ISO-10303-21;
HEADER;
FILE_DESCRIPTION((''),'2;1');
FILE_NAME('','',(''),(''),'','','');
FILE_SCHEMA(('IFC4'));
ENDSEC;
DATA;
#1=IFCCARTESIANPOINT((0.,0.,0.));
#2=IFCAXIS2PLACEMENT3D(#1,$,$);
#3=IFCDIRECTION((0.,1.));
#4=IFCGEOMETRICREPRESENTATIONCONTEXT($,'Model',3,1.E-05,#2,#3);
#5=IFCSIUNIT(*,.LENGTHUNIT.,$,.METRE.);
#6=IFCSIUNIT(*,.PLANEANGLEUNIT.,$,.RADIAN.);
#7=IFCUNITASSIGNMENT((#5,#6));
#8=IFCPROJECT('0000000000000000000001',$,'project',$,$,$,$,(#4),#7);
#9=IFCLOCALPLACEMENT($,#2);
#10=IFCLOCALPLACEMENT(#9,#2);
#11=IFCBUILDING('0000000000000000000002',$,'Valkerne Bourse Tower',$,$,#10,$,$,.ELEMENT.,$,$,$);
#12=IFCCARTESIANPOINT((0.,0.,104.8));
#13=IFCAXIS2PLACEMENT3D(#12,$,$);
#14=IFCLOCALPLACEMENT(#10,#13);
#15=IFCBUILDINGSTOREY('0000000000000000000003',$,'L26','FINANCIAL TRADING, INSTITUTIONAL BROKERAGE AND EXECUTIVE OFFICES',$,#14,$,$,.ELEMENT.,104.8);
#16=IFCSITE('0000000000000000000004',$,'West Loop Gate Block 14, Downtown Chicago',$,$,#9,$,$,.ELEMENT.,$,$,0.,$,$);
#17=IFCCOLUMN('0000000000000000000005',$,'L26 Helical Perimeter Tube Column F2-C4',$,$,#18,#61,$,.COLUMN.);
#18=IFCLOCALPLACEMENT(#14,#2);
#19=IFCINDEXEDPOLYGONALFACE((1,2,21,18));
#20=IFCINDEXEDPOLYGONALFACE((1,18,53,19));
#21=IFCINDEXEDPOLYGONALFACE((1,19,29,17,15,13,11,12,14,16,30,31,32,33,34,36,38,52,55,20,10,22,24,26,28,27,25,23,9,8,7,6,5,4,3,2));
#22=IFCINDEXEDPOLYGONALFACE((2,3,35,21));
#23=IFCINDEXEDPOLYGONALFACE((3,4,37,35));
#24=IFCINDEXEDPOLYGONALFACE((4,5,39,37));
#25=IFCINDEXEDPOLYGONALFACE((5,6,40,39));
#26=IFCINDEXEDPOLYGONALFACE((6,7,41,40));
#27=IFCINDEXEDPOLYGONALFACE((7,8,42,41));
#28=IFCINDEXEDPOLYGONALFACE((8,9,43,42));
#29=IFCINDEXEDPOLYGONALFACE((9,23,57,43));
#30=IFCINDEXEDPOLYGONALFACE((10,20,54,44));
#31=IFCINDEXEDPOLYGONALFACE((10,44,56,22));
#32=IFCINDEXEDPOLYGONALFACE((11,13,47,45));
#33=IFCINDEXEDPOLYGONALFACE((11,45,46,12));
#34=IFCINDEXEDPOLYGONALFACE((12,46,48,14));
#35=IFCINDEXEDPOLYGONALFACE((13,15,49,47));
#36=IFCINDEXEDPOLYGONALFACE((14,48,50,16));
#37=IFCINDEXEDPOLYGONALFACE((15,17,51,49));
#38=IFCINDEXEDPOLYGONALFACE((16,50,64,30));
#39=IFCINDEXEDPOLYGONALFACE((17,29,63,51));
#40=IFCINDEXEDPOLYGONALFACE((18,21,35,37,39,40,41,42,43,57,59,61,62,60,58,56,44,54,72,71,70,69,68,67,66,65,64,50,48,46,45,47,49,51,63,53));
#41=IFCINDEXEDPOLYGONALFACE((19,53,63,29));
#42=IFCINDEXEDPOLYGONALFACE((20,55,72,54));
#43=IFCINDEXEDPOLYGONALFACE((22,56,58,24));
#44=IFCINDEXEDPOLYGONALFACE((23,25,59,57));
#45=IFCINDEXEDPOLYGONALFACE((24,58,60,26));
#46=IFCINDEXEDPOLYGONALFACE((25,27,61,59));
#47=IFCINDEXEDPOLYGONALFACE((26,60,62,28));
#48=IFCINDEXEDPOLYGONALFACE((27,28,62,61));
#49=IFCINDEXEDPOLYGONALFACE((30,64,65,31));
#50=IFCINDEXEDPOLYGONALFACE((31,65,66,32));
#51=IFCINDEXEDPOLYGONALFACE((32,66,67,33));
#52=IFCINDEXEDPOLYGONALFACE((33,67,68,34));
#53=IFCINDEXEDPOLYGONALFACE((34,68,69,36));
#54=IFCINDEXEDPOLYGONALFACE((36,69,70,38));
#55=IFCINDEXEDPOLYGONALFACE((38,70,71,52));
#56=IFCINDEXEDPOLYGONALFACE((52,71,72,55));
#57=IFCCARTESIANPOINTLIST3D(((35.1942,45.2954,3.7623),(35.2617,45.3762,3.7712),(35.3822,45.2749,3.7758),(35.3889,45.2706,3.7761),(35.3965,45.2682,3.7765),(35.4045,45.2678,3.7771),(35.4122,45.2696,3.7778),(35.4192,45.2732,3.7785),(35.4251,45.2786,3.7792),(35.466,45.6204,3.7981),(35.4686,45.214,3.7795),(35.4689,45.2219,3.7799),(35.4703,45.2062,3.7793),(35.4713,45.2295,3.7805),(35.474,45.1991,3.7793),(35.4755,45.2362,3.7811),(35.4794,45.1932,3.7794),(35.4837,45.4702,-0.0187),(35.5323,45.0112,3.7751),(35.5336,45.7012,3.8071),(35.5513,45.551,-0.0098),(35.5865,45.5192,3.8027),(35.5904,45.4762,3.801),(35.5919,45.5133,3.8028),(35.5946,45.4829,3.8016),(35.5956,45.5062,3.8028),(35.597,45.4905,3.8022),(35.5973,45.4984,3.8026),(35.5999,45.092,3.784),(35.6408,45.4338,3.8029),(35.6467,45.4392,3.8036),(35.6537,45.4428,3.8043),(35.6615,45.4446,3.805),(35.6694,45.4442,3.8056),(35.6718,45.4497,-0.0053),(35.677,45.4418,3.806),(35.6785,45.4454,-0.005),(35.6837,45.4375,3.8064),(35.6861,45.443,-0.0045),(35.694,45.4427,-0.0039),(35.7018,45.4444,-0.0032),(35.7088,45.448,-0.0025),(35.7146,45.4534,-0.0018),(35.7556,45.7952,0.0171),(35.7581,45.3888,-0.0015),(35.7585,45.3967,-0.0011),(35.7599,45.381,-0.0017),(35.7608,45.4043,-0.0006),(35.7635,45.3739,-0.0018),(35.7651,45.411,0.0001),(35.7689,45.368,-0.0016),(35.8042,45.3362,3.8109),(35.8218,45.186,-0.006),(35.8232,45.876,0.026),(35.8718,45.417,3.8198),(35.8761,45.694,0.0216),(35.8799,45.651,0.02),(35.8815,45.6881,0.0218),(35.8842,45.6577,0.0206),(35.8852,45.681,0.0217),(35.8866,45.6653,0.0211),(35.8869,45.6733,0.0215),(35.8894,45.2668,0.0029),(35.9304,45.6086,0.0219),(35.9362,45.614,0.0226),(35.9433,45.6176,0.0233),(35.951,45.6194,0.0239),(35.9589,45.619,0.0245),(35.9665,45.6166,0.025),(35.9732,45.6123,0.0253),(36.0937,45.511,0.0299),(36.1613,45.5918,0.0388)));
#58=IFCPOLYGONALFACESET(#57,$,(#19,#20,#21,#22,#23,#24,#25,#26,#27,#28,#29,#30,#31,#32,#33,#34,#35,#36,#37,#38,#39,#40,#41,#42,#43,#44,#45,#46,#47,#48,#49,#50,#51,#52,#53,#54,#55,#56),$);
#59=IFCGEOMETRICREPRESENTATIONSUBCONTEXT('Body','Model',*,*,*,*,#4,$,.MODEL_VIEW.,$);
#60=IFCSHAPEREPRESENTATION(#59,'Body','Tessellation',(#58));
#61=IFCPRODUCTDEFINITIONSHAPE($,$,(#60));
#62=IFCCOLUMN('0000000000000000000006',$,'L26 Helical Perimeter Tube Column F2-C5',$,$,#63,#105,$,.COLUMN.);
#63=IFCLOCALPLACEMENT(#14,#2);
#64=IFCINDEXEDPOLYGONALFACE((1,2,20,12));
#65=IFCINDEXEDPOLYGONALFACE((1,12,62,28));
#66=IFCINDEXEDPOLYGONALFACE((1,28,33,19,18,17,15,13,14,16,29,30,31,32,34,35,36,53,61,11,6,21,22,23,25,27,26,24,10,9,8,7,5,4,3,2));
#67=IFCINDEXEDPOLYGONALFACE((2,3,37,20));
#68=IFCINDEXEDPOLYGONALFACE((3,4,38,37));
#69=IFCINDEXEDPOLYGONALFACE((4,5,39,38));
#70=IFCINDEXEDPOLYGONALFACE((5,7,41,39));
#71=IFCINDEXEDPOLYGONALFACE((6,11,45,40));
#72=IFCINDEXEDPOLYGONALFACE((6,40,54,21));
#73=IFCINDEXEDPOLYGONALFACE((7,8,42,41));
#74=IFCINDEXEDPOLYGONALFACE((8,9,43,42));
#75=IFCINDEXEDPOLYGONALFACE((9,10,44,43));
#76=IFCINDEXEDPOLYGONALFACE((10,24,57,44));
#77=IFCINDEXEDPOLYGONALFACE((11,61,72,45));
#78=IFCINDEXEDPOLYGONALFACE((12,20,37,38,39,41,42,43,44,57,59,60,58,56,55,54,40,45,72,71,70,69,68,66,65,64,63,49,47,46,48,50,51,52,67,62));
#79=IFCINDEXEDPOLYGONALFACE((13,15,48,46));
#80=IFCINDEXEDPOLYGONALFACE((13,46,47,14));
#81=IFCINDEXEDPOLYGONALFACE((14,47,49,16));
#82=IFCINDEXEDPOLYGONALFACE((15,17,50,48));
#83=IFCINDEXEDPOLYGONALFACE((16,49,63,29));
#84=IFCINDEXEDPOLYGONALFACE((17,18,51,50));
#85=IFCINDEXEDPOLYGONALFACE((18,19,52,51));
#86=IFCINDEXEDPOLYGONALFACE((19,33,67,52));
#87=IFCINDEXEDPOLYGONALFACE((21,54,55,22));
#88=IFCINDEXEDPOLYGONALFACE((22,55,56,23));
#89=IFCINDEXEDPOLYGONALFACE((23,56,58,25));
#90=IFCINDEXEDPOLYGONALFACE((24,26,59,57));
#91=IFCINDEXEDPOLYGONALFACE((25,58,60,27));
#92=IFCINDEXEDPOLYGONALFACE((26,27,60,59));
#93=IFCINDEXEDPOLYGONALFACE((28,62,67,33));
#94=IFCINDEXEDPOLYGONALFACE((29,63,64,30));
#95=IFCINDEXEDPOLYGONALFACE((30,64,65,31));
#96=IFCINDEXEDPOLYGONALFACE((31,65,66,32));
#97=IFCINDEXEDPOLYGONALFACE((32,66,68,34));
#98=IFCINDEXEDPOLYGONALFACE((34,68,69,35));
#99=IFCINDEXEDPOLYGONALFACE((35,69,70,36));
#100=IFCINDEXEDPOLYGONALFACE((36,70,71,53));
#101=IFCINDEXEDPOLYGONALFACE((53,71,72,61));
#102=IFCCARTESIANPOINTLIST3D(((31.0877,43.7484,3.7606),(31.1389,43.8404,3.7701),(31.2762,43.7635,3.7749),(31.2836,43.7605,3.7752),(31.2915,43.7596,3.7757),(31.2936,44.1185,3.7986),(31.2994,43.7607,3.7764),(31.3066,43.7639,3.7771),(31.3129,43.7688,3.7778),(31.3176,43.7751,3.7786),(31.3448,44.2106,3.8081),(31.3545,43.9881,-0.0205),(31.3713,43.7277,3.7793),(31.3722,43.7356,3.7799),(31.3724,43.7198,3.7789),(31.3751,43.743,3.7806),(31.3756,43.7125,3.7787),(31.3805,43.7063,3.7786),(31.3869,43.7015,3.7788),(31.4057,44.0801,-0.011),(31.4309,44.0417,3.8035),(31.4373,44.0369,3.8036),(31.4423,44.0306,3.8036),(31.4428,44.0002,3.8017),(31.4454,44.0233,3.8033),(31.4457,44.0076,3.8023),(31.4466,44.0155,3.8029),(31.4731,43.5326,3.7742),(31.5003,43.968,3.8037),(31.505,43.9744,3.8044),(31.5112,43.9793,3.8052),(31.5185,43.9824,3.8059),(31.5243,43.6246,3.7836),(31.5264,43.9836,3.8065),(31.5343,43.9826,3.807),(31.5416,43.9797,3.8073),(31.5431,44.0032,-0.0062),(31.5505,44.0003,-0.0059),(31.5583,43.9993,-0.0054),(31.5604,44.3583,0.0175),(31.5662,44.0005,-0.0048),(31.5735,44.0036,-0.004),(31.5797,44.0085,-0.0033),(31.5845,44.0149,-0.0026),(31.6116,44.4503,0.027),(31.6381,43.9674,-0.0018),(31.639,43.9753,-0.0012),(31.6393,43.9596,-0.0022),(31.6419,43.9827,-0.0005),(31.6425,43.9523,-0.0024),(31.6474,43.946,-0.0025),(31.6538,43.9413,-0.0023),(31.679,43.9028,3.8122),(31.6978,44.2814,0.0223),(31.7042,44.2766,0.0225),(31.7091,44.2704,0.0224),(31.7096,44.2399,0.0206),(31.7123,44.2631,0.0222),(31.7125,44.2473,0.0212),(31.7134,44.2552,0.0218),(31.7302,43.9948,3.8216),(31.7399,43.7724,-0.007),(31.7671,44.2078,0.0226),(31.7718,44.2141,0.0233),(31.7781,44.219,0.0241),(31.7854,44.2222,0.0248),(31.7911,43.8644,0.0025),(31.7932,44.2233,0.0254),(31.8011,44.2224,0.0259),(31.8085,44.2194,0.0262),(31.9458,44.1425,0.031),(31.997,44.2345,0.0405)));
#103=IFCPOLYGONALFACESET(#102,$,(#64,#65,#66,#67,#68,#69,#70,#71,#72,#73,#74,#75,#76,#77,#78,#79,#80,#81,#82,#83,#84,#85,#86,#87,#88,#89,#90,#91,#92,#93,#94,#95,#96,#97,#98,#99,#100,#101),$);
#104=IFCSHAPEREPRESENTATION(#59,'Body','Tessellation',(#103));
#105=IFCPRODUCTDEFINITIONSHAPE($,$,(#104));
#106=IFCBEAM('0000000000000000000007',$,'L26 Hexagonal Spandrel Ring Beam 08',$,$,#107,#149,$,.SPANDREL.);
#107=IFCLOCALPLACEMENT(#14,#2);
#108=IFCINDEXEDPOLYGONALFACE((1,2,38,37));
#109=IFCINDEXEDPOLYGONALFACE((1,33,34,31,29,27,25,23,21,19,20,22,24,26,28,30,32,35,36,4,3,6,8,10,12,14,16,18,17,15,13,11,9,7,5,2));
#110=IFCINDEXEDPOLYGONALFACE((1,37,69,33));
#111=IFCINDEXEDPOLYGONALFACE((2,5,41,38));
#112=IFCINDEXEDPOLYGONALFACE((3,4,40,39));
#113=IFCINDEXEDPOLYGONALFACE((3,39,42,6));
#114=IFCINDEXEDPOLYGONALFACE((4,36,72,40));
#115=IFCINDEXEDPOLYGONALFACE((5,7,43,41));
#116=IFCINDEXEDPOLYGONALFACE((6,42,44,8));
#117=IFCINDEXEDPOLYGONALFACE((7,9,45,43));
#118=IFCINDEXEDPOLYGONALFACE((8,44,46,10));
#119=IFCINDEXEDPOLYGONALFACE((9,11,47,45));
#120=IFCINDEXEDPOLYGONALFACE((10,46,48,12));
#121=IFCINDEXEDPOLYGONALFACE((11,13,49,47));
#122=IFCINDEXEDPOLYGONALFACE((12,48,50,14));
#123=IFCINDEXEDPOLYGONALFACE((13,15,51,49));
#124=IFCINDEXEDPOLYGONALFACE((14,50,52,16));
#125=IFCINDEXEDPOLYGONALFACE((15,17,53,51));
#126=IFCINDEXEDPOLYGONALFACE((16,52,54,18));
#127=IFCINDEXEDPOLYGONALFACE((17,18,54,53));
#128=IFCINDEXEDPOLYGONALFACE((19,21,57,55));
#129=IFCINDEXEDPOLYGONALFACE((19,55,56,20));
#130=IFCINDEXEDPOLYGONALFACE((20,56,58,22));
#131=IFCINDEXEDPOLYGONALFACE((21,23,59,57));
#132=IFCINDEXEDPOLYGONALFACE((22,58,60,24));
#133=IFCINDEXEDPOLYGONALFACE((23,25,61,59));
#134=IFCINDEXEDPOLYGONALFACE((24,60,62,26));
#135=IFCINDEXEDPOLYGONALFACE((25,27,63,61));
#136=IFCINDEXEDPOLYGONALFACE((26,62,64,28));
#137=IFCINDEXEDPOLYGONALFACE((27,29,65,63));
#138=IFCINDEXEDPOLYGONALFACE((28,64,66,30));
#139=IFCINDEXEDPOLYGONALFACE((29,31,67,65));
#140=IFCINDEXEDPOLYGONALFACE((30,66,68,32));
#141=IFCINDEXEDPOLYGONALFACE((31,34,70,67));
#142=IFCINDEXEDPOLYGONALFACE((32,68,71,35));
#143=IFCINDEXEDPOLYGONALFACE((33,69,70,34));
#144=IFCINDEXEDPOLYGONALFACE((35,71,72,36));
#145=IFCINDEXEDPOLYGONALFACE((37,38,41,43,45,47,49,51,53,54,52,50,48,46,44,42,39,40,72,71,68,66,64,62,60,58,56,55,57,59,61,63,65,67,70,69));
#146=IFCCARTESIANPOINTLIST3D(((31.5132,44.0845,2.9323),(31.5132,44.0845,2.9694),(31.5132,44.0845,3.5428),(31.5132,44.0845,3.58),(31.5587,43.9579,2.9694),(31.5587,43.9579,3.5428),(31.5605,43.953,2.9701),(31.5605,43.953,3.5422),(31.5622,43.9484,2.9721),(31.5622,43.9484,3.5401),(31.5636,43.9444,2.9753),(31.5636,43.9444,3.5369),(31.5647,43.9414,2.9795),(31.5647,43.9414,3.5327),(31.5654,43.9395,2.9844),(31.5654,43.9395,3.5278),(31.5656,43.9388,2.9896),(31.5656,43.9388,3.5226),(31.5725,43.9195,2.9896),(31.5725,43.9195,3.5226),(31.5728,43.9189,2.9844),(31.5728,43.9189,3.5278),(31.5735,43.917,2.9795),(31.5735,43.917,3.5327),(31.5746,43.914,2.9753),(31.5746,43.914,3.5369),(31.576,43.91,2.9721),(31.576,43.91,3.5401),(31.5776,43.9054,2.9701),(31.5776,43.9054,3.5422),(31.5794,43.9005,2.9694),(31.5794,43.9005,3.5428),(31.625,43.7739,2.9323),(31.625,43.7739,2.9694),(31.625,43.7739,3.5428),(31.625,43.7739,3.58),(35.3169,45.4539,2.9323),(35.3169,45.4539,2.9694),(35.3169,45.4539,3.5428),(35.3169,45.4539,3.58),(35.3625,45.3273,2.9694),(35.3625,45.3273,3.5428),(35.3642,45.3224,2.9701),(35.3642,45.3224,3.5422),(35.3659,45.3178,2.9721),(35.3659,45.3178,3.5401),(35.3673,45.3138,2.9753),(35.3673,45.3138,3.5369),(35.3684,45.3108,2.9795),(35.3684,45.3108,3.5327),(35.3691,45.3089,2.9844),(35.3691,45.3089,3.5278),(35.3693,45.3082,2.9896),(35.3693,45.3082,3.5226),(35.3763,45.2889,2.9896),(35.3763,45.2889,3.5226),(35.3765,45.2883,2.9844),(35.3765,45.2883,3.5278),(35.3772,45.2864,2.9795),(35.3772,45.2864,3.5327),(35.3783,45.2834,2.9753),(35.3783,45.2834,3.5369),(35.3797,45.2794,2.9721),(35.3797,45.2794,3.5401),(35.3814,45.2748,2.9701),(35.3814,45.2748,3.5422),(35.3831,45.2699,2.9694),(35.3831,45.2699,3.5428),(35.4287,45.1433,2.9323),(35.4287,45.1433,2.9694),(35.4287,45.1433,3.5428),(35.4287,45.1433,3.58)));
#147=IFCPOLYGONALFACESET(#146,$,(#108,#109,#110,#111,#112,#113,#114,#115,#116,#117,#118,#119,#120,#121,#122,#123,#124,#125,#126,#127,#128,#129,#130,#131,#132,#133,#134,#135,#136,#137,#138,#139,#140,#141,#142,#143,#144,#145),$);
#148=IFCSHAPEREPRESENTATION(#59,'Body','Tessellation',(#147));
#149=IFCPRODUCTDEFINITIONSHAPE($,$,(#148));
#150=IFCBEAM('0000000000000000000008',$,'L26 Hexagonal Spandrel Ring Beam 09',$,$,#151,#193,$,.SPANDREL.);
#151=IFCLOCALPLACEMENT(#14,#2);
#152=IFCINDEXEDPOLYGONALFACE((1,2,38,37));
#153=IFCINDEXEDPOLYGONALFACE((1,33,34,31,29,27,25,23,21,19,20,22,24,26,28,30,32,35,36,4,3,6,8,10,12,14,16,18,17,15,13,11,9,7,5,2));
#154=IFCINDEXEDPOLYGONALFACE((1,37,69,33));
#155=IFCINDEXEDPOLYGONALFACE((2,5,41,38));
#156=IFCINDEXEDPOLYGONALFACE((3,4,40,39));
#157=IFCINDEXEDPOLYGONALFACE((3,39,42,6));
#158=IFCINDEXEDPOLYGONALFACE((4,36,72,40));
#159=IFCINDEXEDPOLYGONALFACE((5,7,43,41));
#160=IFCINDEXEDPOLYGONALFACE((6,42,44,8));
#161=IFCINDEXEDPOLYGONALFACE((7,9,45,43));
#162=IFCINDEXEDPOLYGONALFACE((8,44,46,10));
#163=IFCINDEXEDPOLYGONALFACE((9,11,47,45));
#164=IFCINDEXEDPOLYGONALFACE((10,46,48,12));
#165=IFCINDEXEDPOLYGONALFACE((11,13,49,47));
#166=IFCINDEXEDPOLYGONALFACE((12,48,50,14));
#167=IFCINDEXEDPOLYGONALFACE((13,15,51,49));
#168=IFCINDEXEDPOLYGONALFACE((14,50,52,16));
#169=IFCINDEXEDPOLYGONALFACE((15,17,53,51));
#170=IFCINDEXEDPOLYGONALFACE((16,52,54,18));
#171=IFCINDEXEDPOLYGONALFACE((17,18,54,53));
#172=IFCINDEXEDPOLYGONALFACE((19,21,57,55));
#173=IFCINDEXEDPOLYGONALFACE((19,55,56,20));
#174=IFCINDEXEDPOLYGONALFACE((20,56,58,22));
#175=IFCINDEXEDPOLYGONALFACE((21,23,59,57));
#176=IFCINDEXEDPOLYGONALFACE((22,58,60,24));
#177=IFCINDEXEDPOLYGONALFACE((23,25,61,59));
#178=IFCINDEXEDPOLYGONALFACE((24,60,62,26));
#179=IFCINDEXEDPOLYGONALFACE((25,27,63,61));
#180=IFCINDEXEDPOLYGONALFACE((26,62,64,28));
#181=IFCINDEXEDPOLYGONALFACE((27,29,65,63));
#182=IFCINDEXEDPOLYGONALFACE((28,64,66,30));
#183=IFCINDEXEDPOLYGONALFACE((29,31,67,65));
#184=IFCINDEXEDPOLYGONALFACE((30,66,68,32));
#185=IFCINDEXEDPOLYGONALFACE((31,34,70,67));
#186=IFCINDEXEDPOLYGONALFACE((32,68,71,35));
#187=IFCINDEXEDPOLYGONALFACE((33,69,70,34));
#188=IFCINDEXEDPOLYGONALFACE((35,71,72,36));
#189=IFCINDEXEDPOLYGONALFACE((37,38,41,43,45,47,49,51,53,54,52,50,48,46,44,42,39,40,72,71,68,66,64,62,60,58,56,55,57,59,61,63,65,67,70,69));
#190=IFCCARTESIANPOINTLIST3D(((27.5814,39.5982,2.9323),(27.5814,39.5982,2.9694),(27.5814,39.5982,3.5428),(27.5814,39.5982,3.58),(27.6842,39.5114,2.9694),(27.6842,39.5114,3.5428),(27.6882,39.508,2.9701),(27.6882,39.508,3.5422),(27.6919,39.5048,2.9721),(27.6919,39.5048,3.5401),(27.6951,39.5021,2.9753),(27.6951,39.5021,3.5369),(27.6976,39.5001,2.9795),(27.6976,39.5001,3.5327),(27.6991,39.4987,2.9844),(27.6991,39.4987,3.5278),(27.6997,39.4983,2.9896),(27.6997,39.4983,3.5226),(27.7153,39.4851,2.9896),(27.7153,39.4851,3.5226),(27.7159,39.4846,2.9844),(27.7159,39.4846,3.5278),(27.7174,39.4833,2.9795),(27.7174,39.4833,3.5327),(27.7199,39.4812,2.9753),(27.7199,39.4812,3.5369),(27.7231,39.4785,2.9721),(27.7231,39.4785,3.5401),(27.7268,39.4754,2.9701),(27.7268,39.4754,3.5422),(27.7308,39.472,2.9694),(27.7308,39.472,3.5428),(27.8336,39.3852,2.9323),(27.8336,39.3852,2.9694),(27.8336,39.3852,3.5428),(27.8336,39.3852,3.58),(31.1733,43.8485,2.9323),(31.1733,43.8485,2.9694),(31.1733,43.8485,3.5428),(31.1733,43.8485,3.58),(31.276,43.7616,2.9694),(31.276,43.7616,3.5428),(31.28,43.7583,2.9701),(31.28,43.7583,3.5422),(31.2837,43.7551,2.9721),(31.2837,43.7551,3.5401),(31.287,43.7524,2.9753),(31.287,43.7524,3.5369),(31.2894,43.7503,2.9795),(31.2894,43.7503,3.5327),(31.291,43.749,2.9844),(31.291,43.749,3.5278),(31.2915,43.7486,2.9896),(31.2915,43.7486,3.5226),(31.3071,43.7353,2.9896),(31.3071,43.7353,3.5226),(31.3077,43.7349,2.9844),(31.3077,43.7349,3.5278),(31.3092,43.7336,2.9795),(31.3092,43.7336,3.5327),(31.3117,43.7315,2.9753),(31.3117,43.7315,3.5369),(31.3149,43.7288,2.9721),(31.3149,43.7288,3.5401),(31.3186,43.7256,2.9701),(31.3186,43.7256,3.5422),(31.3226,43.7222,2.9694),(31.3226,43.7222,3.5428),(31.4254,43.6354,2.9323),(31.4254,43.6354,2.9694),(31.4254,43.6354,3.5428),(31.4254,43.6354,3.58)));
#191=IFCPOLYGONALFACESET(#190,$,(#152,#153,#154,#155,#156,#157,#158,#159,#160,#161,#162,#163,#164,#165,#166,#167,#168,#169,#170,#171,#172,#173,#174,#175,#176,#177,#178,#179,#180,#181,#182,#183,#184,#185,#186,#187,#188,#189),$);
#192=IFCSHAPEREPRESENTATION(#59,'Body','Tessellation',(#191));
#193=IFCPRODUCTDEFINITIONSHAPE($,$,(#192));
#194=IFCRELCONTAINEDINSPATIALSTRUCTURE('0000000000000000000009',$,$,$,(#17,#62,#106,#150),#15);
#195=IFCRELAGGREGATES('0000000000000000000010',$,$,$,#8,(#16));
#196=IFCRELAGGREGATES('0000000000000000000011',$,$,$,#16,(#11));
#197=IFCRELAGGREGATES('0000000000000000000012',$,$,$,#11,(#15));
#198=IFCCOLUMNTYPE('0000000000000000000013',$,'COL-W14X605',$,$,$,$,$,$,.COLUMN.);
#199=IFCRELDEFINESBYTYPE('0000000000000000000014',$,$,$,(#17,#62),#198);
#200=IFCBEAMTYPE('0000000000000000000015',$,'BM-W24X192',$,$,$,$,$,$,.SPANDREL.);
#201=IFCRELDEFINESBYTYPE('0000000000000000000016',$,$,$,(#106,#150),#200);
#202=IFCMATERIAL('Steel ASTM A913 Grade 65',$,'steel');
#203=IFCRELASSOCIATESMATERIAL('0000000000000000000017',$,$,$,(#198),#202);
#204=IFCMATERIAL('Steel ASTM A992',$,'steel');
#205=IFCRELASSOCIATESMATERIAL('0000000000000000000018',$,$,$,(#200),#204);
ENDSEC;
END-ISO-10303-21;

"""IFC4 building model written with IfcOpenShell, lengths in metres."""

from ifc_helpers import new_model, si_unit, direction, frame, origin, origin_2d, place, context, subcontext, project, spatial, i_section, extrude, material, material_profile, profile_set, type_object, element, save


model = new_model("IFC4")

# Units and contexts
model_context = context("Model", 3, precision=1e-05, world=origin(), true_north=direction((0.0, 1.0)))
body_context = subcontext(model_context, "Body", "Model", "MODEL_VIEW")
ifc_project = project(units=[si_unit("LENGTHUNIT", "METRE"), si_unit("PLANEANGLEUNIT", "RADIAN")], contexts=[model_context])

# Site, building, storey
site_placement = place(None, origin())
site = spatial("IfcSite", under=ifc_project, at=site_placement, Name="West Loop Gate Block 14, Downtown Chicago", CompositionType="ELEMENT", RefElevation=0.0)
building_placement = place(site_placement, origin())
building = spatial("IfcBuilding", under=site, at=building_placement, Name="Valkerne Bourse Tower", CompositionType="ELEMENT")
storey_placement = place(building_placement, frame((0.0, 0.0, 104.8)))
storey = spatial("IfcBuildingStorey", under=building, at=storey_placement, Name="L26", Description="FINANCIAL TRADING, INSTITUTIONAL BROKERAGE AND EXECUTIVE OFFICES", CompositionType="ELEMENT", Elevation=104.8)

# Columns
ifc_material_1 = material(Name="Steel ASTM A913 Grade 65", Category="steel")
ifc_material_profile_1 = material_profile(ifc_material_1, i_section(OverallWidth=0.4419, OverallDepth=0.531, WebThickness=0.0659, FlangeThickness=0.1057, FilletRadius=0.0305, at=origin_2d()), Name="W14X605")
ifc_profile_set_1 = profile_set([ifc_material_profile_1], Name="Steel ASTM A913 Grade 65")
column_type = type_object("IfcColumnType", Name="COL-W14X605", PredefinedType="COLUMN", material=ifc_profile_set_1)
column_1_placement = place(storey_placement, frame((35.8225, 45.531, 0.01), z_axis=(-0.076276, -0.046048, 0.996023), x_axis=(-0.765164, 0.643189, -0.02886)))
element("IfcColumn", 1, at=column_1_placement, inside=storey, type_object=column_type, Name="L26 Helical Perimeter Tube Column F2-C4", PredefinedType="COLUMN", context=body_context, shape_type="SweptSolid", body=[
    extrude(i_section(OverallWidth=0.4419, OverallDepth=0.531, WebThickness=0.0659, FlangeThickness=0.1057, FilletRadius=0.0305, at=origin_2d()), origin(), (0.0, 0.0, 1.0), 3.7961),
])
column_2_placement = place(storey_placement, frame((31.6758, 44.1113, 0.01), z_axis=(-0.07026, -0.063125, 0.995529), x_axis=(-0.872168, 0.488249, -0.030595)))
element("IfcColumn", 2, at=column_2_placement, inside=storey, type_object=column_type, Name="L26 Helical Perimeter Tube Column F2-C5", PredefinedType="COLUMN", context=body_context, shape_type="SweptSolid", body=[
    extrude(i_section(OverallWidth=0.4419, OverallDepth=0.531, WebThickness=0.0659, FlangeThickness=0.1057, FilletRadius=0.0305, at=origin_2d()), origin(), (0.0, 0.0, 1.0), 3.7981),
])

# Beams
ifc_material_2 = material(Name="Steel ASTM A992", Category="steel")
ifc_material_profile_2 = material_profile(ifc_material_2, i_section(OverallWidth=0.3301, OverallDepth=0.6477, WebThickness=0.0205, FlangeThickness=0.0371, FilletRadius=0.0203, at=origin_2d()), Name="W24X192")
ifc_profile_set_2 = profile_set([ifc_material_profile_2], Name="Steel ASTM A992")
beam_type_1 = type_object("IfcBeamType", Name="BM-W24X192", PredefinedType="SPANDREL", material=ifc_profile_set_2)
beam_1_placement = place(storey_placement, frame((35.3728, 45.2986, 3.2561), z_axis=(-0.940884, -0.33873, 0.0), x_axis=(0.33873, -0.940884, 0.0)))
element("IfcBeam", 3, at=beam_1_placement, inside=storey, type_object=beam_type_1, Name="L26 Hexagonal Spandrel Ring Beam 08", PredefinedType="SPANDREL", context=body_context, shape_type="SweptSolid", body=[
    extrude(i_section(OverallWidth=0.3301, OverallDepth=0.6477, WebThickness=0.0205, FlangeThickness=0.0371, FilletRadius=0.0203, at=origin_2d()), origin(), (0.0, 0.0, 1.0), 4.0427),
])
beam_2_placement = place(storey_placement, frame((31.2993, 43.7419, 3.2561), z_axis=(-0.645464, -0.763791, 0.0), x_axis=(0.763791, -0.645464, 0.0)))
element("IfcBeam", 4, at=beam_2_placement, inside=storey, type_object=beam_type_1, Name="L26 Hexagonal Spandrel Ring Beam 09", PredefinedType="SPANDREL", context=body_context, shape_type="SweptSolid", body=[
    extrude(i_section(OverallWidth=0.3301, OverallDepth=0.6477, WebThickness=0.0205, FlangeThickness=0.0371, FilletRadius=0.0203, at=origin_2d()), origin(), (0.0, 0.0, 1.0), 5.5647),
])

save(model, "model.ifc")
